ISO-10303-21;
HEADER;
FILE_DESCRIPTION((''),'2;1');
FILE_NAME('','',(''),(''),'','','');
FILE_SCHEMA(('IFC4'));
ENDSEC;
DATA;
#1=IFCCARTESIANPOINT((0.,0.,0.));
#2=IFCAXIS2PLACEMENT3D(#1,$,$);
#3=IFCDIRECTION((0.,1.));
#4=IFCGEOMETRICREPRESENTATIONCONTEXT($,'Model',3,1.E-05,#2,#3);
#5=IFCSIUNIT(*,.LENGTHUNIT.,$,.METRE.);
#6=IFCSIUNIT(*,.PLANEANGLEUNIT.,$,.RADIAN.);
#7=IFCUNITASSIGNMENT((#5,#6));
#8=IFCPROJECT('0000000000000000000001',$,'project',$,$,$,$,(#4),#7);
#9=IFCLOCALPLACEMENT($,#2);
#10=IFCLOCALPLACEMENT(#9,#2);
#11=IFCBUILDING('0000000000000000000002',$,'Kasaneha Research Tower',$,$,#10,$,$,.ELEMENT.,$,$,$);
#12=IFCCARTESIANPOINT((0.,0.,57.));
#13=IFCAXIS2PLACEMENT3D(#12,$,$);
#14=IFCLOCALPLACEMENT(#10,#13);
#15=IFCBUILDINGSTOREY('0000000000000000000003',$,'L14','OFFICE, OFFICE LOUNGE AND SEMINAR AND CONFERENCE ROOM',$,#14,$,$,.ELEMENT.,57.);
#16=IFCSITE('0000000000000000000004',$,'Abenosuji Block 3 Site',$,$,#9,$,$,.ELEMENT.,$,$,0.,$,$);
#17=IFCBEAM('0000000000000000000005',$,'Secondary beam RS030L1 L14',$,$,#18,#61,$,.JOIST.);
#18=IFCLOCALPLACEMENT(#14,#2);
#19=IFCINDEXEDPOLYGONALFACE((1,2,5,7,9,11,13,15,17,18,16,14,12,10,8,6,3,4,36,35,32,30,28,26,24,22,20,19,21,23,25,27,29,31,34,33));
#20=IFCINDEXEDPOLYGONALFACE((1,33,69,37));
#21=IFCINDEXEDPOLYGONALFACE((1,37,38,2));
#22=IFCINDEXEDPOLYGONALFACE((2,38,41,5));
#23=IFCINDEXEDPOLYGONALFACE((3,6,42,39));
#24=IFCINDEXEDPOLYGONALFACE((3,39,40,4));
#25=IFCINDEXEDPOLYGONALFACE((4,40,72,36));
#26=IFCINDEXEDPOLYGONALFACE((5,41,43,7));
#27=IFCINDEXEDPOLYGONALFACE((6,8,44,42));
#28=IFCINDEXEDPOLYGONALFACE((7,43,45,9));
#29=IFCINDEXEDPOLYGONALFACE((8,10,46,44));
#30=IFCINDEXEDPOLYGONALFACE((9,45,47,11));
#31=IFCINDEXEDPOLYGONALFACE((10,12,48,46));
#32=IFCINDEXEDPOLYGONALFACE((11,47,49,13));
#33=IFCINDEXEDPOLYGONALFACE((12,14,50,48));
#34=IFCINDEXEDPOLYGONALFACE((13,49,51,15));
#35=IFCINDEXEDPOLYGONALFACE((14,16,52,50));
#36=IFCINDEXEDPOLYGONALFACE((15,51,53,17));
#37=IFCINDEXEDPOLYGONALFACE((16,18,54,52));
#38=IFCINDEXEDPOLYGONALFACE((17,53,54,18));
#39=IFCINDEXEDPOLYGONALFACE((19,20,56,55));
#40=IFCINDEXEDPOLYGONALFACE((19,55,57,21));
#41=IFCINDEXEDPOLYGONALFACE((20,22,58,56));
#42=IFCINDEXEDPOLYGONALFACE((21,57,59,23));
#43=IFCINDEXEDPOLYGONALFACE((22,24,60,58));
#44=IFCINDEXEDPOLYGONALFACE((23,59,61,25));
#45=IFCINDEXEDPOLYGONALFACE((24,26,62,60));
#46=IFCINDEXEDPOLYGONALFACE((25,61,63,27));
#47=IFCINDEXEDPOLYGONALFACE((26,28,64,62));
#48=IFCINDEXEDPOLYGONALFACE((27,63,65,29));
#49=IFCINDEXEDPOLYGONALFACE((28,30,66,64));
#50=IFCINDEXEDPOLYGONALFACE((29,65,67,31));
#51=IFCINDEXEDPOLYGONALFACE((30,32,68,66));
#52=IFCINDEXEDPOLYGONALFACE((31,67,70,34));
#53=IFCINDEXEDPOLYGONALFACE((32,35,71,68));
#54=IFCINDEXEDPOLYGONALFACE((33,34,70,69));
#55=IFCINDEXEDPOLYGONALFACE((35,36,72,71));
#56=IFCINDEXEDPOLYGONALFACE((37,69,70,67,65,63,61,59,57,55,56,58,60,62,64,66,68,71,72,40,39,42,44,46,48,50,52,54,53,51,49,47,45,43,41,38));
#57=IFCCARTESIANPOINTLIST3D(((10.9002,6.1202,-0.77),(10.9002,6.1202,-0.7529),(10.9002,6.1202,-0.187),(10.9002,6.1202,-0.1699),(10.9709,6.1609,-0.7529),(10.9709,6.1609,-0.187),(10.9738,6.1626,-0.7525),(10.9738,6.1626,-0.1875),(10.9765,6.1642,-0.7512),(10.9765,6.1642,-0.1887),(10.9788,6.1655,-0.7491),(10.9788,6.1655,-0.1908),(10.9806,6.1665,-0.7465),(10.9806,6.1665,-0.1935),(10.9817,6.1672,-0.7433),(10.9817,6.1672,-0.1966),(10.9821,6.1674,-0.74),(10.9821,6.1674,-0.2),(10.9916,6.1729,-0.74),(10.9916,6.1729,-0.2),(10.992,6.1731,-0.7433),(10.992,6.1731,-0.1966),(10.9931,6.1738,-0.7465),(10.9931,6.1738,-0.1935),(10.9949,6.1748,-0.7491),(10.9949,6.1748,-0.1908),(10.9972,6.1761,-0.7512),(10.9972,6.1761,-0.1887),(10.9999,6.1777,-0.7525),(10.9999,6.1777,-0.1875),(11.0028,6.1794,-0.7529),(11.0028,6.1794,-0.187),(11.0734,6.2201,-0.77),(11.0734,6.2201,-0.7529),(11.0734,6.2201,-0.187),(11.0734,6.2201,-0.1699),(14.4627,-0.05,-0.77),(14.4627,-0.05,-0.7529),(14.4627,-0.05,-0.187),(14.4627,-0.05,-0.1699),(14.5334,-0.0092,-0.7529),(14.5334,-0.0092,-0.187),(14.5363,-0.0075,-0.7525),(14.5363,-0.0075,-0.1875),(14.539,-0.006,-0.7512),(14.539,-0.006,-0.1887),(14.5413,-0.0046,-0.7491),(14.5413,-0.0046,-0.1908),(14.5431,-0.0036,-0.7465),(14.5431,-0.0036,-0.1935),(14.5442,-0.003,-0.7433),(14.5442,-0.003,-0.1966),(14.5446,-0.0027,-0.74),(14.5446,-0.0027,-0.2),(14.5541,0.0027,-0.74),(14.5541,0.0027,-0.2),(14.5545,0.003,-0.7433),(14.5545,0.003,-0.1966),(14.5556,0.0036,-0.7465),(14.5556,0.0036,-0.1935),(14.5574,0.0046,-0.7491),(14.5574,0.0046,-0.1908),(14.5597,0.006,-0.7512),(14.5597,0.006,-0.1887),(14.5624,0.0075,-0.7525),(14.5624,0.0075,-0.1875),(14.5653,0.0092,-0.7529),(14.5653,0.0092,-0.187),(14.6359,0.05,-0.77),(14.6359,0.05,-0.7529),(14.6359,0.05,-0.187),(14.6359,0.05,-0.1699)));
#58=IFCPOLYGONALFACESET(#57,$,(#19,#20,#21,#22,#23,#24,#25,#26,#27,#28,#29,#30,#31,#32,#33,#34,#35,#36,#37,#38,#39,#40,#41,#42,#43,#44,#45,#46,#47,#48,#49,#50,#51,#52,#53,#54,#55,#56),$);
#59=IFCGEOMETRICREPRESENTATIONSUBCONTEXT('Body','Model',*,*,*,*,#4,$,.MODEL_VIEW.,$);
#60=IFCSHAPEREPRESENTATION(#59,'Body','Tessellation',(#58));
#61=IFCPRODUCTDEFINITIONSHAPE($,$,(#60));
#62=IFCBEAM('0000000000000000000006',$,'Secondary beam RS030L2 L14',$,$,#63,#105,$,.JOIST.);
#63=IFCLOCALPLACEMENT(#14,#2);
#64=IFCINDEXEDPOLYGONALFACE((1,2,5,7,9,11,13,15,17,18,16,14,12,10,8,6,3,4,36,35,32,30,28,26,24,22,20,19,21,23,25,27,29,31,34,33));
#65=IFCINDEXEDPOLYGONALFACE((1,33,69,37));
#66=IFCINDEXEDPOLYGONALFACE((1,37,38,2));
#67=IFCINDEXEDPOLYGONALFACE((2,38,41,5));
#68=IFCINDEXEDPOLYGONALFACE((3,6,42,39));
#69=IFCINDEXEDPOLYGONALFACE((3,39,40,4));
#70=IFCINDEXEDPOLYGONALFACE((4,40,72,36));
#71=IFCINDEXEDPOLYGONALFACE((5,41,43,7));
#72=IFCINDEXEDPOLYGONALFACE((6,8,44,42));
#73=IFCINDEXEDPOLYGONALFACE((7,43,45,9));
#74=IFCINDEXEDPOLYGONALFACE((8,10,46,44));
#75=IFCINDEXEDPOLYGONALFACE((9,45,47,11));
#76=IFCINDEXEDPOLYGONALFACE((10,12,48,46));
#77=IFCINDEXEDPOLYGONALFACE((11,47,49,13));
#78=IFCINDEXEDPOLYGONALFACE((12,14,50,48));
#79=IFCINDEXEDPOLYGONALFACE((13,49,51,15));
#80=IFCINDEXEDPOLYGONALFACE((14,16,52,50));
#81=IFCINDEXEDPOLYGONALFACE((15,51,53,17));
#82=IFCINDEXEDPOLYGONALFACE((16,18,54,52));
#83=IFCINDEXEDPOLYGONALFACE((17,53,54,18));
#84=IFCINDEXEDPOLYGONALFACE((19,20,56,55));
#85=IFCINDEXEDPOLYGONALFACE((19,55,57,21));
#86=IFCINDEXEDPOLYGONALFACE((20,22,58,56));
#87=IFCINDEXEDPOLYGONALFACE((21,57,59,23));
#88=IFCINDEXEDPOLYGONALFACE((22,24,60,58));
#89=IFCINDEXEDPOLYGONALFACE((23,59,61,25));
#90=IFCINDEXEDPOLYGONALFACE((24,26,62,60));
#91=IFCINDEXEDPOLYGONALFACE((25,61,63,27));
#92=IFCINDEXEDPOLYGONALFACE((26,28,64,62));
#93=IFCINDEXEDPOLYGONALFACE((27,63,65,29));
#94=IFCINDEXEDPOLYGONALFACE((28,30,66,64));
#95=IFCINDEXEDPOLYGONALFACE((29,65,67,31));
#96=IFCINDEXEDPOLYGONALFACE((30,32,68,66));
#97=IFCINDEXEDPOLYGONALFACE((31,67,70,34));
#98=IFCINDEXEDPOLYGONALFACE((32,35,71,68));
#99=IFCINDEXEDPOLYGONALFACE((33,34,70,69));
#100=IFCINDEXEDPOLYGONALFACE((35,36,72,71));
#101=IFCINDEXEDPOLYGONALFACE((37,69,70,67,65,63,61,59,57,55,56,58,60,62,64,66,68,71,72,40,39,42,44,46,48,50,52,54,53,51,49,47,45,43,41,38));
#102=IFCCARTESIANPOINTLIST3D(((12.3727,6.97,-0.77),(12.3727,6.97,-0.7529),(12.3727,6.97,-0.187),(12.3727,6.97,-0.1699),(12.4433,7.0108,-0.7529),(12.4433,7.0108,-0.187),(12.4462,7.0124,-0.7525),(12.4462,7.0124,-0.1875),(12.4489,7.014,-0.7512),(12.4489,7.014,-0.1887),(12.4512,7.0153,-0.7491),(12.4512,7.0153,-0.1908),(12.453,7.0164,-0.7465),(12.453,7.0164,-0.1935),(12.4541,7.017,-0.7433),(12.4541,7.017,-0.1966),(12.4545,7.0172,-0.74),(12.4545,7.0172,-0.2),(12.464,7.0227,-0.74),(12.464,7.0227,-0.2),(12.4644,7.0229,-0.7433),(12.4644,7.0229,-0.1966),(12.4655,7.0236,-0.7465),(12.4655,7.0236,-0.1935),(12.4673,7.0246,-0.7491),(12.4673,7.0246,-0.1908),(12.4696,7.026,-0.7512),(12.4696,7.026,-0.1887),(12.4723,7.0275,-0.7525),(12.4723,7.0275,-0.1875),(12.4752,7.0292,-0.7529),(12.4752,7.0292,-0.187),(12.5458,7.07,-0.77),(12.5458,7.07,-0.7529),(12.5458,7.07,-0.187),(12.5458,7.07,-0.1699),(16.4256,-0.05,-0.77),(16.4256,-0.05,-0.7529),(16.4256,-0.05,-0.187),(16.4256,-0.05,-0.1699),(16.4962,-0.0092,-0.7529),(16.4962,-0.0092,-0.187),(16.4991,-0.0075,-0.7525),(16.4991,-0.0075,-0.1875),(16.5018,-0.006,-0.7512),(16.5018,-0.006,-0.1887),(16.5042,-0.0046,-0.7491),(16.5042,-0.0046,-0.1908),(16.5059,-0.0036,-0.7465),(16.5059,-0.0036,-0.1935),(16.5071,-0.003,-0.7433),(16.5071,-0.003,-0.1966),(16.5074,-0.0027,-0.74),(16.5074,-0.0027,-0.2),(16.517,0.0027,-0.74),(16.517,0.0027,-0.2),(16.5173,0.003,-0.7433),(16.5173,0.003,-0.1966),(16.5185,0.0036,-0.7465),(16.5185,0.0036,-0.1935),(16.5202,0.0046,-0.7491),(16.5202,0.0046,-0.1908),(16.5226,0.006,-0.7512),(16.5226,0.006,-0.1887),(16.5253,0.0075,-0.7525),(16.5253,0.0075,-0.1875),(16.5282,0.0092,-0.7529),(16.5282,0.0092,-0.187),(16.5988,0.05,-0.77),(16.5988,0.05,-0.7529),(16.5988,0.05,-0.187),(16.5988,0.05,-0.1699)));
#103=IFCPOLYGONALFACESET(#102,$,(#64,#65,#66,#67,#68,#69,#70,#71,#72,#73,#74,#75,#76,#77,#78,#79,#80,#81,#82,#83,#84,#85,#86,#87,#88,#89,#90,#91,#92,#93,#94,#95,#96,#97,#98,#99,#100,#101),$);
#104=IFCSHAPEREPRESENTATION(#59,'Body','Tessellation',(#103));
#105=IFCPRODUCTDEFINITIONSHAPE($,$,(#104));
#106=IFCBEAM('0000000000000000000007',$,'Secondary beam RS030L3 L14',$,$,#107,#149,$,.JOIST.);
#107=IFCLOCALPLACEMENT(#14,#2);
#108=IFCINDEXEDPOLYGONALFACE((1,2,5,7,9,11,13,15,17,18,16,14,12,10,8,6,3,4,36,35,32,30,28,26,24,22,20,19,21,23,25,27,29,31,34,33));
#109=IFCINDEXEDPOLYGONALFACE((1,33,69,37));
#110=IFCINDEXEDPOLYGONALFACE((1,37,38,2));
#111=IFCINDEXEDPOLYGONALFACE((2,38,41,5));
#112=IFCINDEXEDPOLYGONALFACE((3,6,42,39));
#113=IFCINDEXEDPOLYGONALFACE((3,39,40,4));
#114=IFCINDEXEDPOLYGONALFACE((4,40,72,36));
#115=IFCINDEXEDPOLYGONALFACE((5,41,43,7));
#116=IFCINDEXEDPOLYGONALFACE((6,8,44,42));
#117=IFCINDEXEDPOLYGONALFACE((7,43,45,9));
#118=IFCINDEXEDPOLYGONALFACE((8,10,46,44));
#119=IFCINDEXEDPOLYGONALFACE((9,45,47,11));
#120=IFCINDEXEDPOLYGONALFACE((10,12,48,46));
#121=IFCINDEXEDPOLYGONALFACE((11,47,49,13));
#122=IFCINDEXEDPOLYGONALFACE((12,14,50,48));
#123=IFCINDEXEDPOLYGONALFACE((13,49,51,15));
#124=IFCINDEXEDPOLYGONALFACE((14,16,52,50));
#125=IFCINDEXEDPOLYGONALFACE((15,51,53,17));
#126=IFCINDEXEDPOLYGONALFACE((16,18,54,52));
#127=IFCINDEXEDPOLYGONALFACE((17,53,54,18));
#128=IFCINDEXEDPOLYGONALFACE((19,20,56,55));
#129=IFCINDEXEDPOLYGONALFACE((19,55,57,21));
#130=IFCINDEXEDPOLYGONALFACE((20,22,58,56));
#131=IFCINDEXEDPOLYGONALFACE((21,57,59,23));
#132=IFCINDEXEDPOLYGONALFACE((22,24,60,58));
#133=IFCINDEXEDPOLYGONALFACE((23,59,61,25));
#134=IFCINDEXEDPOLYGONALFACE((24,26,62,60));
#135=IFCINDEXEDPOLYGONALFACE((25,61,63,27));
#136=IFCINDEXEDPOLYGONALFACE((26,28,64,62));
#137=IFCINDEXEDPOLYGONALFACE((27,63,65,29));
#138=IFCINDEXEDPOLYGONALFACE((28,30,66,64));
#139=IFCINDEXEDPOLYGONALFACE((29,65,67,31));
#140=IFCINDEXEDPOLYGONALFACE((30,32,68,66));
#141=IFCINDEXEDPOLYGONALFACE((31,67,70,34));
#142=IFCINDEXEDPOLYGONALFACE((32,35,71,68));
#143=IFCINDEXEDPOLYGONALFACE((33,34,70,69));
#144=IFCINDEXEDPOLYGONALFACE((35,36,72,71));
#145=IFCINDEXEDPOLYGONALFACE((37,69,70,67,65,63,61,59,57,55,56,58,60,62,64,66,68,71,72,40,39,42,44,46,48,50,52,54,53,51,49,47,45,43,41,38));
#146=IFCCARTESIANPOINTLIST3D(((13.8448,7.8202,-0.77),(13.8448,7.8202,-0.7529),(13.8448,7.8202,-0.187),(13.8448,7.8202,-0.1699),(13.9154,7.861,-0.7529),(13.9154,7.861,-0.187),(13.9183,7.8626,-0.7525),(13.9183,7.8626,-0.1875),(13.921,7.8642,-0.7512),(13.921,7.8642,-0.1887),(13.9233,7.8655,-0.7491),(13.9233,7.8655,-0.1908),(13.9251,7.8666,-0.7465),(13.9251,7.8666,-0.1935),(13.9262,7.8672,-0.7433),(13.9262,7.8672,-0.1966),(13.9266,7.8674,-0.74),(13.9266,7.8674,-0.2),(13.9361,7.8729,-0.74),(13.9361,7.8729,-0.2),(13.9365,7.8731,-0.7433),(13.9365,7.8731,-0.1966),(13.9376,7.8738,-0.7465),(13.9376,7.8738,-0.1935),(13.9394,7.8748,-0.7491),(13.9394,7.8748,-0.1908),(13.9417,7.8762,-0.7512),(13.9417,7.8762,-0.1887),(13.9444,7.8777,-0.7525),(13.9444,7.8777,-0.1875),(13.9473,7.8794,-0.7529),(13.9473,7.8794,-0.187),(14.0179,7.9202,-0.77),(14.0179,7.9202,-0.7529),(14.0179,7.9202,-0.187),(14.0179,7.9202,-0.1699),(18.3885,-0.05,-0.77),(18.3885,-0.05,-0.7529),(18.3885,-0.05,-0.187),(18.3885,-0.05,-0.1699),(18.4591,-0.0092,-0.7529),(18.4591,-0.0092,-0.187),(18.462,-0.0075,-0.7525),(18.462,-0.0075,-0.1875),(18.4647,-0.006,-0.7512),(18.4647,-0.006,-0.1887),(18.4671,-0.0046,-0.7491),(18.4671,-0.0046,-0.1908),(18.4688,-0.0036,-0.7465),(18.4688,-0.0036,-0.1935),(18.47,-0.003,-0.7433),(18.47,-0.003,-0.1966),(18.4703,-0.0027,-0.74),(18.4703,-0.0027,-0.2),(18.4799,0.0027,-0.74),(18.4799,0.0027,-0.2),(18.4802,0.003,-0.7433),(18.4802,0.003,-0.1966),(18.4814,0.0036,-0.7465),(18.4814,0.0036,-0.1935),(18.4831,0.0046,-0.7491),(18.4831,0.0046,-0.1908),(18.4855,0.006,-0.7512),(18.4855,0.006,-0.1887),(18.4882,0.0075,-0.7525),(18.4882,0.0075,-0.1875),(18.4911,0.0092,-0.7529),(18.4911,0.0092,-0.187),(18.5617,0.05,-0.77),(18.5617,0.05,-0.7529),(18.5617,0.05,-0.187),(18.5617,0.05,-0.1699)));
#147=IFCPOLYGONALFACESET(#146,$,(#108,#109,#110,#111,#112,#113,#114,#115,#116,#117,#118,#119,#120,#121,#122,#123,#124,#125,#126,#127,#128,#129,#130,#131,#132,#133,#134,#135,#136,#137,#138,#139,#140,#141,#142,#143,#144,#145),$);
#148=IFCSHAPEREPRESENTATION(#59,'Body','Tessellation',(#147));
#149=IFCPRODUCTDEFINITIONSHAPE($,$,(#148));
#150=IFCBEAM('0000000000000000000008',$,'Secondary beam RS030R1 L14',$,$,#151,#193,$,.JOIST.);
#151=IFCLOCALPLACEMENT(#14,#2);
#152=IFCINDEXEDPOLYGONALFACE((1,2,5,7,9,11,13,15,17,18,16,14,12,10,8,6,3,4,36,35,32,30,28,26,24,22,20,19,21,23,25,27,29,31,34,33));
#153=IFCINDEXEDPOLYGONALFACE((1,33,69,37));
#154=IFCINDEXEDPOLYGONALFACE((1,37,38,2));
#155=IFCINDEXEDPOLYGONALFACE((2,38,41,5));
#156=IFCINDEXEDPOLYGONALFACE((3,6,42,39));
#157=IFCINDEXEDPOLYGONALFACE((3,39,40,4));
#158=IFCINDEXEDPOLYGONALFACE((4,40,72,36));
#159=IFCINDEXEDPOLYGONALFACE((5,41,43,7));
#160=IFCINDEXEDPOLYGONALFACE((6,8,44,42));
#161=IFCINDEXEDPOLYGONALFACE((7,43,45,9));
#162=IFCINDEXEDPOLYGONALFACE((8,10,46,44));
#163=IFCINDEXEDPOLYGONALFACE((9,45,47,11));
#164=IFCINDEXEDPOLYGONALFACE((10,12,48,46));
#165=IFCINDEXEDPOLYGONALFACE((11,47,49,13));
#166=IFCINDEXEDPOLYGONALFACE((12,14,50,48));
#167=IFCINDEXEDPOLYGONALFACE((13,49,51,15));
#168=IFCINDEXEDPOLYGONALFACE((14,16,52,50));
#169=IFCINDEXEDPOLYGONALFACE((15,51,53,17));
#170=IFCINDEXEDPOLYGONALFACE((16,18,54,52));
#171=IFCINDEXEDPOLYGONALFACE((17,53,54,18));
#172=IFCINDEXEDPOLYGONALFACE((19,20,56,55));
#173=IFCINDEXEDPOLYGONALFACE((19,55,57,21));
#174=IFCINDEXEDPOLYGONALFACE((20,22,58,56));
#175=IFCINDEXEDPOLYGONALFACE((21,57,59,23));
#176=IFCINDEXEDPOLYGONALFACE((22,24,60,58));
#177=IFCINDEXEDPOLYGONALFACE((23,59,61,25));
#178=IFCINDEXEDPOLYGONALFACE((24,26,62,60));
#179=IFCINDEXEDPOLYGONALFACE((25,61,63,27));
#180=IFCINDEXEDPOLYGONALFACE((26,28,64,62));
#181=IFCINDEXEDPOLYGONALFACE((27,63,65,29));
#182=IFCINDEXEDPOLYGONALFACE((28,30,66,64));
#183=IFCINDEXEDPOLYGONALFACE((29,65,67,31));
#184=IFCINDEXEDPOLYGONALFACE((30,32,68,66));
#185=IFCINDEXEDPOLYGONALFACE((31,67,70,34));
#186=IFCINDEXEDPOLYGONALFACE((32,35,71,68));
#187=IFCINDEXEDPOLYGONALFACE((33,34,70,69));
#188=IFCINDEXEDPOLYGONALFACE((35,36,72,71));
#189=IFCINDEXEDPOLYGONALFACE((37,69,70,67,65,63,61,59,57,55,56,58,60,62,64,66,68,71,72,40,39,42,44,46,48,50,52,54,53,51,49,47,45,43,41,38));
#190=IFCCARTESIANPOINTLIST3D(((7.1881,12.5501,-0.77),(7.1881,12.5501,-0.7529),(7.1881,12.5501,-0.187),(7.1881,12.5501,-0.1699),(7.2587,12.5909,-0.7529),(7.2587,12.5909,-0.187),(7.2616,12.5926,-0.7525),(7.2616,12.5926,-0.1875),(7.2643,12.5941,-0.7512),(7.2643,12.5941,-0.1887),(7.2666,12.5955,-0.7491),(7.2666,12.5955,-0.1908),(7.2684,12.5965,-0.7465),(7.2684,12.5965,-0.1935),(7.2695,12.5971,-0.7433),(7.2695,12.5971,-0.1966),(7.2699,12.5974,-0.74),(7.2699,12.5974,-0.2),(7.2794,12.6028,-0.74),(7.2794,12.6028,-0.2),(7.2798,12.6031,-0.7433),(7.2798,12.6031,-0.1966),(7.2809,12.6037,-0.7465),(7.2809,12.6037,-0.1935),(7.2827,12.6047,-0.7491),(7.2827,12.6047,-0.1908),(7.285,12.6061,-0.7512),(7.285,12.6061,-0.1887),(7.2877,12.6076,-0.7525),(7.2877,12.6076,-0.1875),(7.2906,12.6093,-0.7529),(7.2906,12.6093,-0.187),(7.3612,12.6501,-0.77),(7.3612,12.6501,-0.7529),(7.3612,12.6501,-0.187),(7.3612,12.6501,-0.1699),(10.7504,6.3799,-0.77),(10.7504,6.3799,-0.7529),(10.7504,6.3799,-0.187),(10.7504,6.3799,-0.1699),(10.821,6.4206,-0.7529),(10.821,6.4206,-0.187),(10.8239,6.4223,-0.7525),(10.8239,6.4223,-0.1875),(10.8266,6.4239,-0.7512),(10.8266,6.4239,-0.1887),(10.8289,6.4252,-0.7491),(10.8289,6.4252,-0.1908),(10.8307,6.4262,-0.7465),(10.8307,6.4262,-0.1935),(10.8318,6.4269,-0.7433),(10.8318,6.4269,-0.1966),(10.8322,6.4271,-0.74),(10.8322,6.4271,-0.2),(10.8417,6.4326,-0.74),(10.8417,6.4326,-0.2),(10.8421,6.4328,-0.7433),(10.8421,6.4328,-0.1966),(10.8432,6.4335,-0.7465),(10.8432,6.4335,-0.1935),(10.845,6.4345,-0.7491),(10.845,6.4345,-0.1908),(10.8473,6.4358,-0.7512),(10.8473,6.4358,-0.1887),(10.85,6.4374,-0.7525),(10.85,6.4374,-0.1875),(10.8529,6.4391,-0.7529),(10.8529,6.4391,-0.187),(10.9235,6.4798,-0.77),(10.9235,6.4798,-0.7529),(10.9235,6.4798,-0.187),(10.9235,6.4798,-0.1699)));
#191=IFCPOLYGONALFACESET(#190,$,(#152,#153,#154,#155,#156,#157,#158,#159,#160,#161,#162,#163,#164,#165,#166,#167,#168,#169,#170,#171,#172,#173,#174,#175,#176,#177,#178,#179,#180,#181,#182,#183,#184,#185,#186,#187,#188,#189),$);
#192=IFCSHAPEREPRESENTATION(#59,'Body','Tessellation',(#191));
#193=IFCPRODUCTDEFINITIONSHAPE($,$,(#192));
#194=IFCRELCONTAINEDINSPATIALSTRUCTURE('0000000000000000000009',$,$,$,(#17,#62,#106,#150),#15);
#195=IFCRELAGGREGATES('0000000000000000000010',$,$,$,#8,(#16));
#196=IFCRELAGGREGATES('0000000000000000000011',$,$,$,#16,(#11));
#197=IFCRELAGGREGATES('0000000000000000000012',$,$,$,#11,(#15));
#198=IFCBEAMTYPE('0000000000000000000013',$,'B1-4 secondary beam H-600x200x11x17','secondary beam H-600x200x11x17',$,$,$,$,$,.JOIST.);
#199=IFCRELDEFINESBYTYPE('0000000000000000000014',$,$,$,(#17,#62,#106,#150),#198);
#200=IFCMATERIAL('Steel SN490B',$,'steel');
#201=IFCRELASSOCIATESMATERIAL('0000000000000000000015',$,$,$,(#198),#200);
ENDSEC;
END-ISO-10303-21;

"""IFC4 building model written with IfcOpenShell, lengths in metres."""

from ifc_helpers import new_model, si_unit, direction, frame, origin, origin_2d, place, context, subcontext, project, spatial, i_section, extrude, material, material_profile, profile_set, type_object, element, save


model = new_model("IFC4")

# Units and contexts
model_context = context("Model", 3, precision=1e-05, world=origin(), true_north=direction((0.0, 1.0)))
body_context = subcontext(model_context, "Body", "Model", "MODEL_VIEW")
ifc_project = project(units=[si_unit("LENGTHUNIT", "METRE"), si_unit("PLANEANGLEUNIT", "RADIAN")], contexts=[model_context])

# Site, building, storey
site_placement = place(None, origin())
site = spatial("IfcSite", under=ifc_project, at=site_placement, Name="Abenosuji Block 3 Site", CompositionType="ELEMENT", RefElevation=0.0)
building_placement = place(site_placement, origin())
building = spatial("IfcBuilding", under=site, at=building_placement, Name="Kasaneha Research Tower", CompositionType="ELEMENT")
storey_placement = place(building_placement, frame((0.0, 0.0, 57.0)))
storey = spatial("IfcBuildingStorey", under=building, at=storey_placement, Name="L14", Description="OFFICE, OFFICE LOUNGE AND SEMINAR AND CONFERENCE ROOM", CompositionType="ELEMENT", Elevation=57.0)

# Beams
ifc_material_1 = material(Name="Steel SN490B", Category="steel")
ifc_material_profile_1 = material_profile(ifc_material_1, i_section(OverallWidth=0.2, OverallDepth=0.6001, WebThickness=0.011, FlangeThickness=0.0171, FilletRadius=0.0129, at=origin_2d()), Name="H-600x200x11x17")
ifc_profile_set_1 = profile_set([ifc_material_profile_1], Name="Steel SN490B")
beam_type_1 = type_object("IfcBeamType", Name="B1-4 secondary beam H-600x200x11x17", Description="secondary beam H-600x200x11x17", PredefinedType="JOIST", material=ifc_profile_set_1)
beam_1_placement = place(storey_placement, frame((14.5493, 0.0, -0.47), z_axis=(-0.500016, 0.866016, 0.0), x_axis=(-0.866016, -0.500016, 0.0)))
element("IfcBeam", 1, at=beam_1_placement, inside=storey, type_object=beam_type_1, Name="Secondary beam RS030L1 L14", PredefinedType="JOIST", context=body_context, shape_type="SweptSolid", body=[
    extrude(i_section(OverallWidth=0.2, OverallDepth=0.6001, WebThickness=0.011, FlangeThickness=0.0171, FilletRadius=0.0129, at=origin_2d()), origin(), (0.0, 0.0, 1.0), 7.1248),
])
beam_2_placement = place(storey_placement, frame((16.5122, 0.0, -0.47), z_axis=(-0.499997, 0.866027, 0.0), x_axis=(-0.866027, -0.499997, 0.0)))
element("IfcBeam", 2, at=beam_2_placement, inside=storey, type_object=beam_type_1, Name="Secondary beam RS030L2 L14", PredefinedType="JOIST", context=body_context, shape_type="SweptSolid", body=[
    extrude(i_section(OverallWidth=0.2, OverallDepth=0.6001, WebThickness=0.011, FlangeThickness=0.0171, FilletRadius=0.0129, at=origin_2d()), origin(), (0.0, 0.0, 1.0), 8.106),
])
beam_3_placement = place(storey_placement, frame((18.4751, 0.0, -0.47), z_axis=(-0.499991, 0.866031, 0.0), x_axis=(-0.866031, -0.499991, 0.0)))
element("IfcBeam", 3, at=beam_3_placement, inside=storey, type_object=beam_type_1, Name="Secondary beam RS030L3 L14", PredefinedType="JOIST", context=body_context, shape_type="SweptSolid", body=[
    extrude(i_section(OverallWidth=0.2, OverallDepth=0.6001, WebThickness=0.011, FlangeThickness=0.0171, FilletRadius=0.0129, at=origin_2d()), origin(), (0.0, 0.0, 1.0), 9.0876),
])
beam_4_placement = place(storey_placement, frame((7.2747, 12.6001, -0.47), z_axis=(0.49999, -0.866031, 0.0), x_axis=(0.866031, 0.49999, 0.0)))
element("IfcBeam", 4, at=beam_4_placement, inside=storey, type_object=beam_type_1, Name="Secondary beam RS030R1 L14", PredefinedType="JOIST", context=body_context, shape_type="SweptSolid", body=[
    extrude(i_section(OverallWidth=0.2, OverallDepth=0.6001, WebThickness=0.011, FlangeThickness=0.0171, FilletRadius=0.0129, at=origin_2d()), origin(), (0.0, 0.0, 1.0), 7.1248),
])

save(model, "model.ifc")
